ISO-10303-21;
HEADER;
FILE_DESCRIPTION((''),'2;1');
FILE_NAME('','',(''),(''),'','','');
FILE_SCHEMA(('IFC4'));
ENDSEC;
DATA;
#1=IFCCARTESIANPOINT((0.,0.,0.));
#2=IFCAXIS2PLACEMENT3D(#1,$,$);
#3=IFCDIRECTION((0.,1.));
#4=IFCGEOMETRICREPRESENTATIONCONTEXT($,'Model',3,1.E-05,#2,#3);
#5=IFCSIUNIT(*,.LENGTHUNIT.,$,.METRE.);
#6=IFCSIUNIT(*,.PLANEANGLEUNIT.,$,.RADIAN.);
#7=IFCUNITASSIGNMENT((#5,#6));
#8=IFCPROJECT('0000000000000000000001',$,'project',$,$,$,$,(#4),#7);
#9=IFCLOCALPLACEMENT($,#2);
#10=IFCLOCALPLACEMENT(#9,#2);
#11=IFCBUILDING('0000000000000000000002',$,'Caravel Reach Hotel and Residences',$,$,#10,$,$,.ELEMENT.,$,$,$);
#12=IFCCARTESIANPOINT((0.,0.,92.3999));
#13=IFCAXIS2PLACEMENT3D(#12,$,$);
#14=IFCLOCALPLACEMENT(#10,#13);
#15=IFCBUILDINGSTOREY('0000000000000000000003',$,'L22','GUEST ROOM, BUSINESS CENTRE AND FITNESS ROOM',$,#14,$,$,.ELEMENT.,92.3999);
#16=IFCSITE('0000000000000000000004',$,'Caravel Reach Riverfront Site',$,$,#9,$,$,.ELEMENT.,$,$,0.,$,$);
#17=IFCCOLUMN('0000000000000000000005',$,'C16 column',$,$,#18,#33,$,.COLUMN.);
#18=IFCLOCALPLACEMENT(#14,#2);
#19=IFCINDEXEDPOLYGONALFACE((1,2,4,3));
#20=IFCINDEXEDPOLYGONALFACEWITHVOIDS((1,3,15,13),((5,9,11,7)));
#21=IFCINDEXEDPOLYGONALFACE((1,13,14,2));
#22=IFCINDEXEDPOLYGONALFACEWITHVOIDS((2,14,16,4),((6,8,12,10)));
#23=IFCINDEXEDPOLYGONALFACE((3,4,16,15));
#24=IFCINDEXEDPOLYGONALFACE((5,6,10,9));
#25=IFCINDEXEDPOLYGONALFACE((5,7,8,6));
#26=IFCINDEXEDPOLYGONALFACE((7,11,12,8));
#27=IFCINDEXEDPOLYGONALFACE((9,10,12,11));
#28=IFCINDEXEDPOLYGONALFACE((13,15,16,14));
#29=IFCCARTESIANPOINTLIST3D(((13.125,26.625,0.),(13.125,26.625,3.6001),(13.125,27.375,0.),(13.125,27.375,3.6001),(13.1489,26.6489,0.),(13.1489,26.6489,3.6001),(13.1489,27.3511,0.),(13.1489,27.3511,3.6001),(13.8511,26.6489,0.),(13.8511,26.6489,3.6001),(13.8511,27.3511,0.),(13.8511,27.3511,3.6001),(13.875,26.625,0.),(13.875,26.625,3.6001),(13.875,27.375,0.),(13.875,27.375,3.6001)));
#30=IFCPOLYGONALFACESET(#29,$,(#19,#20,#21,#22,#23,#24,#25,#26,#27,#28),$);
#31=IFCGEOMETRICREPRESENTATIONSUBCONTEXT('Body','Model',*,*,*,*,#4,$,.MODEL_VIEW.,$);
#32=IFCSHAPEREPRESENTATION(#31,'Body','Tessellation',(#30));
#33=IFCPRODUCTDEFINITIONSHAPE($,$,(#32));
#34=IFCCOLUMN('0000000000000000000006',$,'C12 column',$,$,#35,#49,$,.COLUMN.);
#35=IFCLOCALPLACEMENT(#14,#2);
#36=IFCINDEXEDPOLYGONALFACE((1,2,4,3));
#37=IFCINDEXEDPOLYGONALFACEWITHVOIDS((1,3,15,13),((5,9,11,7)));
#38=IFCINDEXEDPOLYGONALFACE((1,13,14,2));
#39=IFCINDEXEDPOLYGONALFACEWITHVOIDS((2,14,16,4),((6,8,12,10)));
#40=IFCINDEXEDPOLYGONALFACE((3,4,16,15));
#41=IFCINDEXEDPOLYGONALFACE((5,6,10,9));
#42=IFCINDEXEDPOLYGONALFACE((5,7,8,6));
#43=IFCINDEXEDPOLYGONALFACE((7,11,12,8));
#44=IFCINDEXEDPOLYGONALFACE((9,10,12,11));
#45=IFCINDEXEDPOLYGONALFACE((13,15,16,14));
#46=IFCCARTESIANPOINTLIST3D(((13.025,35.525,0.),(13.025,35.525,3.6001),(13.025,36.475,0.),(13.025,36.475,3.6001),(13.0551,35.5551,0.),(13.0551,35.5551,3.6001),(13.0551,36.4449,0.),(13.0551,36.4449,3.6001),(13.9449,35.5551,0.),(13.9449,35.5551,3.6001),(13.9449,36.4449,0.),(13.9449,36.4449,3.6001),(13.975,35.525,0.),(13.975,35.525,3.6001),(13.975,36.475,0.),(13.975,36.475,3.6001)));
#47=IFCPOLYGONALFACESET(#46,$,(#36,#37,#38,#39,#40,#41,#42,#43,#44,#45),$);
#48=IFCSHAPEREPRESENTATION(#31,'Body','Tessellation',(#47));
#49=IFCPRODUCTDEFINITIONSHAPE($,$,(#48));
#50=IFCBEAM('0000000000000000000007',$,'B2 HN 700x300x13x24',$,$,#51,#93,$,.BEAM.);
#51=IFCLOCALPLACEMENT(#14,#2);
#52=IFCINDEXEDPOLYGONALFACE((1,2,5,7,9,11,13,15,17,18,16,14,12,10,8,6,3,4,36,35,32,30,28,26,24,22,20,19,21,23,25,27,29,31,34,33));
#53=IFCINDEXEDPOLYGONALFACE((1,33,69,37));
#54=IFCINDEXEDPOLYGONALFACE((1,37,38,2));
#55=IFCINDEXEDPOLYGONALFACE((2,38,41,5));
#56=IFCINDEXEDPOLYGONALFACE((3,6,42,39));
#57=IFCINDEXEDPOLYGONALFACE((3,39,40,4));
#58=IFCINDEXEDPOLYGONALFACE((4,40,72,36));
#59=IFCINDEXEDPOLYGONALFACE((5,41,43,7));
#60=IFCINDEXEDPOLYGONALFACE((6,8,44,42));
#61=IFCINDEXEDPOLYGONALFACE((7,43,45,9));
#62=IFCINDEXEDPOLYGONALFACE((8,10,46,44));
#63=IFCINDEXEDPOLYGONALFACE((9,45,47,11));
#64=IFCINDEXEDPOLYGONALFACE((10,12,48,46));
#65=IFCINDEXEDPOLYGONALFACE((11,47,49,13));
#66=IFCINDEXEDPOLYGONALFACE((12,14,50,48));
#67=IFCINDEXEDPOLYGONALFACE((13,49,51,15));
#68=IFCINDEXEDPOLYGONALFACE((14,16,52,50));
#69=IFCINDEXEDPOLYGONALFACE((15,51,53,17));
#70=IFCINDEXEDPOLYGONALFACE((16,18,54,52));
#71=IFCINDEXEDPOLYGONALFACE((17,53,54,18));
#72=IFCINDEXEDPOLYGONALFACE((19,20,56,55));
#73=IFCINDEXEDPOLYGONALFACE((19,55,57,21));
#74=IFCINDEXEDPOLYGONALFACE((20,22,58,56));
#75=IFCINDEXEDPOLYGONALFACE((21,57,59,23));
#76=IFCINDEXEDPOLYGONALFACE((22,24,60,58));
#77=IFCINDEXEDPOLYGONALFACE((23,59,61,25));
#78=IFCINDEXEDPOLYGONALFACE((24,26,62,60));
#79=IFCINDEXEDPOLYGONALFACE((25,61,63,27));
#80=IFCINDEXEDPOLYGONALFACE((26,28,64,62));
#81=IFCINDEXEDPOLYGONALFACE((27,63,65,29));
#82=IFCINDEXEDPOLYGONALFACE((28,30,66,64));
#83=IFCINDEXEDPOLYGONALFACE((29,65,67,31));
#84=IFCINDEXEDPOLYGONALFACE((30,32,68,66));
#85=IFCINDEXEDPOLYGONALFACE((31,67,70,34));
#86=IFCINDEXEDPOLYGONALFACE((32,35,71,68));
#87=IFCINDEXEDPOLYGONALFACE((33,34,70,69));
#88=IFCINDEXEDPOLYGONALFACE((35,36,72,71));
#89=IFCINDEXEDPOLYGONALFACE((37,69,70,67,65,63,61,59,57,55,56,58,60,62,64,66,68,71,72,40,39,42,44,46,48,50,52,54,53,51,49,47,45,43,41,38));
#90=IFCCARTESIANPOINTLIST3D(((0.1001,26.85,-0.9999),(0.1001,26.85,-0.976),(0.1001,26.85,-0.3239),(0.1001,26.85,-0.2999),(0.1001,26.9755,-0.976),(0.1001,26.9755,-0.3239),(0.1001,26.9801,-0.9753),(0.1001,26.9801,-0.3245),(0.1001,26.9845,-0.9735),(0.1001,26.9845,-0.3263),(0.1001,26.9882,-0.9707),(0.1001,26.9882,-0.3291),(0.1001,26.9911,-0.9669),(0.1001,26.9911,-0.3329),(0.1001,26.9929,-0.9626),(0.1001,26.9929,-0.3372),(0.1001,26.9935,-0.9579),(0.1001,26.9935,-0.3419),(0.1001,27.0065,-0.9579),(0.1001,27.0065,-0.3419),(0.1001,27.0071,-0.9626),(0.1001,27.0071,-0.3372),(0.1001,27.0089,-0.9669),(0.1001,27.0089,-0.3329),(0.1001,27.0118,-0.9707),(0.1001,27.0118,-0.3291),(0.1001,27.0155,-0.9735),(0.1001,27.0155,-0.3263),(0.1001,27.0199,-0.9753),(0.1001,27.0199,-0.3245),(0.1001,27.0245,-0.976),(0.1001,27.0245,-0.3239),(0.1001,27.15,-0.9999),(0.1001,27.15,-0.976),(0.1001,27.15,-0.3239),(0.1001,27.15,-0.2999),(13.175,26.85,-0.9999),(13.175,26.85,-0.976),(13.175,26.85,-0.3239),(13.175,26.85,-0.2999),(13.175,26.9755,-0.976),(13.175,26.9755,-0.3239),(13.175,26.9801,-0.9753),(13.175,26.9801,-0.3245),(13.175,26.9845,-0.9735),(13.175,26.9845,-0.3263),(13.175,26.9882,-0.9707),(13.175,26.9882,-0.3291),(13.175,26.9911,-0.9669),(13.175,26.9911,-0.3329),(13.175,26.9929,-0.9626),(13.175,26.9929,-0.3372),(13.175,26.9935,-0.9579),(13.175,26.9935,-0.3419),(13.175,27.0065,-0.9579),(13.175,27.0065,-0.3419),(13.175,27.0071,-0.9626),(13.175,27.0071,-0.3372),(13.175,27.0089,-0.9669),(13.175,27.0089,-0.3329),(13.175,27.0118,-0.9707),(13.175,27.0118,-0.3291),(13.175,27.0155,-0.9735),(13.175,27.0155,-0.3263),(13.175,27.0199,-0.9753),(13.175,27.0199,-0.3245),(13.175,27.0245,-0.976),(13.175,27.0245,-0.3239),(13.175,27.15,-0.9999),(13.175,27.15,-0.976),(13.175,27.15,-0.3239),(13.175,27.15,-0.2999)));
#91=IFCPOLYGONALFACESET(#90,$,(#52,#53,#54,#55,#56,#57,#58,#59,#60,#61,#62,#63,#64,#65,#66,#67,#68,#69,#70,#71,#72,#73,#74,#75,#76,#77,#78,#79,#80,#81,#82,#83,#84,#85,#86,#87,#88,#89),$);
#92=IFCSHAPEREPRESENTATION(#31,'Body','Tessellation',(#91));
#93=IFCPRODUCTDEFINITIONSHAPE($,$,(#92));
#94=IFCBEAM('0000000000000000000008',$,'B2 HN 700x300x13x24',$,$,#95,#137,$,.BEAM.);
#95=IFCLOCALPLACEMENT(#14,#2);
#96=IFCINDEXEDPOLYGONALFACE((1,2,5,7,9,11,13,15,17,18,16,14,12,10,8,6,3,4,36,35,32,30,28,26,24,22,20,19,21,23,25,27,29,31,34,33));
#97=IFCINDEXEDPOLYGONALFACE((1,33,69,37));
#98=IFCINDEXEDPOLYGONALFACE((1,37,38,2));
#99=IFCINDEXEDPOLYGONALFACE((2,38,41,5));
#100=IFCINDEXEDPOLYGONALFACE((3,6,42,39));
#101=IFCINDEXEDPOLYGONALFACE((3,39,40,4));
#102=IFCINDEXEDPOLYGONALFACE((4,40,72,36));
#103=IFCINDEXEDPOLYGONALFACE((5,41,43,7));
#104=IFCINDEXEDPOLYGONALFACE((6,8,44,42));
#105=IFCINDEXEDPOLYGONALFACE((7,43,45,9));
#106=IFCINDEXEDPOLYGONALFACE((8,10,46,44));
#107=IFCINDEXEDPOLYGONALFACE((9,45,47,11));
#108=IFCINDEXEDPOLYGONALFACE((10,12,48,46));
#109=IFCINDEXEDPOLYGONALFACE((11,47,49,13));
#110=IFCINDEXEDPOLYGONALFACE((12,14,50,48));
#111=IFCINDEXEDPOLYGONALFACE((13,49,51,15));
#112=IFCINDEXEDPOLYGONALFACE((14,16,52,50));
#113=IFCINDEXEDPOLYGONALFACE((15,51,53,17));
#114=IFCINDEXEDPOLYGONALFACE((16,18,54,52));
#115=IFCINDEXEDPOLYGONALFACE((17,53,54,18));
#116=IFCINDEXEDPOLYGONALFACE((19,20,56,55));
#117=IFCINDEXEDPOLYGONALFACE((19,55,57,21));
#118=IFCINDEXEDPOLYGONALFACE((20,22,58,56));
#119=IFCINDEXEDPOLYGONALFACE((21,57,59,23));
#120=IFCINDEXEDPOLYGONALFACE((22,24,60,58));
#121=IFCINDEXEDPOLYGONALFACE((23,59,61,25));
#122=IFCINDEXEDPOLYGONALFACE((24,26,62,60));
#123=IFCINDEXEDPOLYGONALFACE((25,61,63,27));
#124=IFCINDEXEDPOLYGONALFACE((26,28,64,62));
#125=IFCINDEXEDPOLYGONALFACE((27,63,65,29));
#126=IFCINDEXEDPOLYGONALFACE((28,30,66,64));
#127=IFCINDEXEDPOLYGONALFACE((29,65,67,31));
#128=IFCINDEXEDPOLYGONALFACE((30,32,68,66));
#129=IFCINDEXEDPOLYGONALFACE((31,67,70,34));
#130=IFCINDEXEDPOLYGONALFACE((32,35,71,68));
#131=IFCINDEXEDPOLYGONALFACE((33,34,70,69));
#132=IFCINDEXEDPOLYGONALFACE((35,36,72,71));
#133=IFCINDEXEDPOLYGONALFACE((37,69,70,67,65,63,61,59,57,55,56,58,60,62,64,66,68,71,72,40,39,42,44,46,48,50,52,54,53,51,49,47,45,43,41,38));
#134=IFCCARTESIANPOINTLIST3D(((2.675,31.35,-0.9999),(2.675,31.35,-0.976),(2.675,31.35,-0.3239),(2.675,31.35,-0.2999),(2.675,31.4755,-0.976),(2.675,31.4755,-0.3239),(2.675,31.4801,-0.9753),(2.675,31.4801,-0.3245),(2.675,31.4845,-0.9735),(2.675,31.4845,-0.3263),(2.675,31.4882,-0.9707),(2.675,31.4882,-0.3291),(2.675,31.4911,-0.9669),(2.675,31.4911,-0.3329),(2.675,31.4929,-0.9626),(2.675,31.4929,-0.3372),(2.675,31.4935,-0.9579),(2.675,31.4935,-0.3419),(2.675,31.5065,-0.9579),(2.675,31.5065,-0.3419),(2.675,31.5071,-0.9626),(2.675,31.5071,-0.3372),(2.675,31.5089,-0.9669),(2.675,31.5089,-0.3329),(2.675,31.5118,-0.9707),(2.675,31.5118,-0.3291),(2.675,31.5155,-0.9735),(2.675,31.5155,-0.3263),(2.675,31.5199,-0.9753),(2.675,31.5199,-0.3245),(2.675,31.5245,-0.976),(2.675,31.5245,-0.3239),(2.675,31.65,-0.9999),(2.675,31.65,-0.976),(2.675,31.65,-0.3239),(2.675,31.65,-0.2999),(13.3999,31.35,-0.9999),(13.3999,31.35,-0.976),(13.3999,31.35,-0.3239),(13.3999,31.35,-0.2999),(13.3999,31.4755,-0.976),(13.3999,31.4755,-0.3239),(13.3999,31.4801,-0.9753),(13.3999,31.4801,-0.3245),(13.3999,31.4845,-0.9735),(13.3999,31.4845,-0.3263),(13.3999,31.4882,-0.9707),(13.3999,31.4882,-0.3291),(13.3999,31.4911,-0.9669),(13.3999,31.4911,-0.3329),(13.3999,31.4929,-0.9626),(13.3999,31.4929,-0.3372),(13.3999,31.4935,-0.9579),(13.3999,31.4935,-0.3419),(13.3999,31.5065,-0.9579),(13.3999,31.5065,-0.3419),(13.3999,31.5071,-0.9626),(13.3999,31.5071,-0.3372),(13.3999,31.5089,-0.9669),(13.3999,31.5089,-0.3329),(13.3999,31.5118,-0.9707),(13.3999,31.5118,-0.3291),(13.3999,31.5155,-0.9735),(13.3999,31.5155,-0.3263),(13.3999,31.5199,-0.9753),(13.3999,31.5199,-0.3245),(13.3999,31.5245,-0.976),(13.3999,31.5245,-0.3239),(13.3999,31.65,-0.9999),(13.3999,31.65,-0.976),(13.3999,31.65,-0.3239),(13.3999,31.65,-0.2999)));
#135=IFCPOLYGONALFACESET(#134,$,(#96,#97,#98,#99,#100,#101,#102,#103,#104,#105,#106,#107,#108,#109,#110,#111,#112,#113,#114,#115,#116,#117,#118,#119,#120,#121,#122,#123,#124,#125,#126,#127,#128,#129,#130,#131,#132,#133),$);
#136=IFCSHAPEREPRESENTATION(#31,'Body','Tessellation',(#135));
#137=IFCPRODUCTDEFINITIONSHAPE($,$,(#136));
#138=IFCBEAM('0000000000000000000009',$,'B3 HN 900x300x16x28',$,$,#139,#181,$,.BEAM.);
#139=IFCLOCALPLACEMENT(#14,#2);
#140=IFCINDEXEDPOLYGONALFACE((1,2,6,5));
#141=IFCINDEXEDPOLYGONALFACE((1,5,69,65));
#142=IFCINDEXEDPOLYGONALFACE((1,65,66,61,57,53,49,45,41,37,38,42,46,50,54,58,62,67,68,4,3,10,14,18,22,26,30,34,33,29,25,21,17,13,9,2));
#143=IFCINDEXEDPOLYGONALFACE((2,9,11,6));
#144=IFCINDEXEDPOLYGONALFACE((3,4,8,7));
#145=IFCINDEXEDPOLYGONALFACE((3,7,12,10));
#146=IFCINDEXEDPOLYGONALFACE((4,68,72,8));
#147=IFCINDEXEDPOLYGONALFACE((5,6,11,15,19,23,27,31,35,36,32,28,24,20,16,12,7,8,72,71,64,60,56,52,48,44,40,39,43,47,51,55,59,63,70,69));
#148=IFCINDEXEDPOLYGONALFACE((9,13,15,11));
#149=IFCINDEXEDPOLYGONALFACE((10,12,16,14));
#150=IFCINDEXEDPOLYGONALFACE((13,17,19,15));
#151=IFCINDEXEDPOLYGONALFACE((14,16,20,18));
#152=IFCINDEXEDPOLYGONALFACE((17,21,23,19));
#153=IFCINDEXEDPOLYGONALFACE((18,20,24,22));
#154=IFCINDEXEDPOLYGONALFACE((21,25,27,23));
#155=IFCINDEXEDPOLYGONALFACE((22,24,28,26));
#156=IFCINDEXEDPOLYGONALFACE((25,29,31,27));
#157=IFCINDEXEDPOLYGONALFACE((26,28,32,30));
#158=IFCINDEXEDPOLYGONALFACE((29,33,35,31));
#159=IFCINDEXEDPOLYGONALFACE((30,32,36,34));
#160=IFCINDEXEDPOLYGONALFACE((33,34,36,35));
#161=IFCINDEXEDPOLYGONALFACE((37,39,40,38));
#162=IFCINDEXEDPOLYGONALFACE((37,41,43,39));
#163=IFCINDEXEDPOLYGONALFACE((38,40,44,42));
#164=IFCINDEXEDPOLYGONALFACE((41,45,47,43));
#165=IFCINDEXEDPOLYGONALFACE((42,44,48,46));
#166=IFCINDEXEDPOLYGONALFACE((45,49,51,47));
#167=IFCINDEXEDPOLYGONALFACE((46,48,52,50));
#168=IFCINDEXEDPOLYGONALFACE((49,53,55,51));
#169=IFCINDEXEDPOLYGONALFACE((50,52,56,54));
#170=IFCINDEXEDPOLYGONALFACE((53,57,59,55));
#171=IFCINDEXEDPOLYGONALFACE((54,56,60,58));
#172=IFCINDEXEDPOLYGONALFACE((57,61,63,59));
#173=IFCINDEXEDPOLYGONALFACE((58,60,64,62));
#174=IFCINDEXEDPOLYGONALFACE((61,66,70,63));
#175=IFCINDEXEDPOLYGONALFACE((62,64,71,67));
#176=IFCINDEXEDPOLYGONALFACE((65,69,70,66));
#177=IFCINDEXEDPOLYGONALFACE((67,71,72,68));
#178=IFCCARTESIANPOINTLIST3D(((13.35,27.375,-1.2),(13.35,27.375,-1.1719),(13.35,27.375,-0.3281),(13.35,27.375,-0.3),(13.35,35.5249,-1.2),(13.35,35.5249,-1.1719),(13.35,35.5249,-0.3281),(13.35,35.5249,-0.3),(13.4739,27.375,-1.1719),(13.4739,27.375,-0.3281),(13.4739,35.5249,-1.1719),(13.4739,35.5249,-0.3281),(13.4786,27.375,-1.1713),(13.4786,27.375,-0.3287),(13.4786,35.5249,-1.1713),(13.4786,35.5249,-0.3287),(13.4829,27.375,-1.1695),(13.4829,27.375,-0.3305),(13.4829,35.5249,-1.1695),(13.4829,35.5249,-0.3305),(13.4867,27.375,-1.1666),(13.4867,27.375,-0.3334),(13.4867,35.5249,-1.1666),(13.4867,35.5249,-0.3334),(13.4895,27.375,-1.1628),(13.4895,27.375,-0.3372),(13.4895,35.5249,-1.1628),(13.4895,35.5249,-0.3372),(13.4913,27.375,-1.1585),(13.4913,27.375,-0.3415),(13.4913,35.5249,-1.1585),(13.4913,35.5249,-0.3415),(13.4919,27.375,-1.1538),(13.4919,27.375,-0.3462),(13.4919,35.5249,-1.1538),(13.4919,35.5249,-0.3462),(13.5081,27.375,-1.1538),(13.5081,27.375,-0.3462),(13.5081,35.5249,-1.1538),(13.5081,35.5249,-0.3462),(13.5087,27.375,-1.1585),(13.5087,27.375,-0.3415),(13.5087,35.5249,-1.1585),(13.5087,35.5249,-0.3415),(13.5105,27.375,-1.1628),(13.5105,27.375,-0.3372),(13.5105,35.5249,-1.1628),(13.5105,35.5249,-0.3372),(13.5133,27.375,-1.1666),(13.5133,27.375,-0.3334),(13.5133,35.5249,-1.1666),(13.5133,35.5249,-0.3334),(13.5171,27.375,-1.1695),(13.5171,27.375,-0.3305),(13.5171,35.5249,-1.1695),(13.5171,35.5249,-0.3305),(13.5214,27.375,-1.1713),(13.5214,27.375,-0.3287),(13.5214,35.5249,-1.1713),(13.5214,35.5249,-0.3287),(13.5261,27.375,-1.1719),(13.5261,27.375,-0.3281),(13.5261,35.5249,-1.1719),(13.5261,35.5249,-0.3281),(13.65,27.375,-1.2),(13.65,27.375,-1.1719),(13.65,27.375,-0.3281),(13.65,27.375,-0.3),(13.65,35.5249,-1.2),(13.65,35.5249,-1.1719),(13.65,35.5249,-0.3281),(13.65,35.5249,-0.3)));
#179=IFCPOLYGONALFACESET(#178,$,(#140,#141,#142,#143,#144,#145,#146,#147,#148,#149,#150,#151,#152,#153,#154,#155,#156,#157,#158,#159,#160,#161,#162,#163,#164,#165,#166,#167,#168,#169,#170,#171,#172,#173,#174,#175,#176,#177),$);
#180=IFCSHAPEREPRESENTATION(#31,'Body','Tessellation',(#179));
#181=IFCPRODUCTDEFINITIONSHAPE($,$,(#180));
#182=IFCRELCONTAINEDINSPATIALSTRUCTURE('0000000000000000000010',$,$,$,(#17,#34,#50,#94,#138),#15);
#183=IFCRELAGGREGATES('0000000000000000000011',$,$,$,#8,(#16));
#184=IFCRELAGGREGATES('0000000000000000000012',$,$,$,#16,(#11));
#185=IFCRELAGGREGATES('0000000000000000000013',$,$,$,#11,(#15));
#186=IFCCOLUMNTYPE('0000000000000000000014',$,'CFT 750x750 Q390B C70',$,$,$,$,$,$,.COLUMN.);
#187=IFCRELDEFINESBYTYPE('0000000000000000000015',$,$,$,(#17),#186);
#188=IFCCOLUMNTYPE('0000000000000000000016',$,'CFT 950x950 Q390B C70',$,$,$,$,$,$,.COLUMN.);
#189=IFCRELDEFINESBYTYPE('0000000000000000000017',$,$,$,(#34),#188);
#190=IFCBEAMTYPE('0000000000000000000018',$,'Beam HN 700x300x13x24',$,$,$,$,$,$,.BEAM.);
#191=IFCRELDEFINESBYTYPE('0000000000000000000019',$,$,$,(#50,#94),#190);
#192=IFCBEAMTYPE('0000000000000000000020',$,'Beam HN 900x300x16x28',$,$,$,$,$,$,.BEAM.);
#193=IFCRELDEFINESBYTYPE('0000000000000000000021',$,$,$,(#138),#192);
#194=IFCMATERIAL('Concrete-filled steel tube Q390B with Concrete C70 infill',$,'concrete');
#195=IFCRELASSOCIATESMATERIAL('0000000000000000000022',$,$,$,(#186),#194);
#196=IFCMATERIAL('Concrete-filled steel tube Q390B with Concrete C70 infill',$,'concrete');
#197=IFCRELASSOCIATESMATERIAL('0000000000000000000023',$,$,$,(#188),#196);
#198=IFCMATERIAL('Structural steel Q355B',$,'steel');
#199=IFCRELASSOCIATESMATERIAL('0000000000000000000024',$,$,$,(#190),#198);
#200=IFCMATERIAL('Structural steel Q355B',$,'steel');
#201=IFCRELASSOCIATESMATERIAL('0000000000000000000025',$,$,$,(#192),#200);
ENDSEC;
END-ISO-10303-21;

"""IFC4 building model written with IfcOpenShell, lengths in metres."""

from ifc_helpers import new_model, si_unit, direction, frame, origin, origin_2d, place, context, subcontext, project, spatial, hollow_rectangle, i_section, extrude, material, material_profile, profile_set, type_object, element, save


model = new_model("IFC4")

# Units and contexts
model_context = context("Model", 3, precision=1e-05, world=origin(), true_north=direction((0.0, 1.0)))
body_context = subcontext(model_context, "Body", "Model", "MODEL_VIEW")
ifc_project = project(units=[si_unit("LENGTHUNIT", "METRE"), si_unit("PLANEANGLEUNIT", "RADIAN")], contexts=[model_context])

# Site, building, storey
site_placement = place(None, origin())
site = spatial("IfcSite", under=ifc_project, at=site_placement, Name="Caravel Reach Riverfront Site", CompositionType="ELEMENT", RefElevation=0.0)
building_placement = place(site_placement, origin())
building = spatial("IfcBuilding", under=site, at=building_placement, Name="Caravel Reach Hotel and Residences", CompositionType="ELEMENT")
storey_placement = place(building_placement, frame((0.0, 0.0, 92.3999)))
storey = spatial("IfcBuildingStorey", under=building, at=storey_placement, Name="L22", Description="GUEST ROOM, BUSINESS CENTRE AND FITNESS ROOM", CompositionType="ELEMENT", Elevation=92.3999)

# Columns
ifc_material_1 = material(Name="Concrete-filled steel tube Q390B with Concrete C70 infill", Category="concrete")
ifc_material_profile_1 = material_profile(ifc_material_1, hollow_rectangle(XDim=0.75, YDim=0.75, WallThickness=0.0239, at=origin_2d()), Name="RHS 750x750x24")
ifc_profile_set_1 = profile_set([ifc_material_profile_1], Name="Concrete-filled steel tube Q390B with Concrete C70 infill")
column_type_1 = type_object("IfcColumnType", Name="CFT 750x750 Q390B C70", PredefinedType="COLUMN", material=ifc_profile_set_1)
column_1_placement = place(storey_placement, frame((13.5, 27.0, 0.0), z_axis=(0.0, 0.0, 1.0), x_axis=(1.0, 0.0, 0.0)))
element("IfcColumn", 1, at=column_1_placement, inside=storey, type_object=column_type_1, Name="C16 column", PredefinedType="COLUMN", context=body_context, shape_type="SweptSolid", body=[
    extrude(hollow_rectangle(XDim=0.75, YDim=0.75, WallThickness=0.0239, at=origin_2d()), origin(), (0.0, 0.0, 1.0), 3.6001),
])
ifc_material_2 = material(Name="Concrete-filled steel tube Q390B with Concrete C70 infill", Category="concrete")
ifc_material_profile_2 = material_profile(ifc_material_2, hollow_rectangle(XDim=0.95, YDim=0.95, WallThickness=0.03, at=origin_2d()), Name="RHS 950x950x30")
ifc_profile_set_2 = profile_set([ifc_material_profile_2], Name="Concrete-filled steel tube Q390B with Concrete C70 infill")
column_type_2 = type_object("IfcColumnType", Name="CFT 950x950 Q390B C70", PredefinedType="COLUMN", material=ifc_profile_set_2)
column_2_placement = place(storey_placement, frame((13.5, 36.0, 0.0), z_axis=(0.0, 0.0, 1.0), x_axis=(1.0, 0.0, 0.0)))
element("IfcColumn", 2, at=column_2_placement, inside=storey, type_object=column_type_2, Name="C12 column", PredefinedType="COLUMN", context=body_context, shape_type="SweptSolid", body=[
    extrude(hollow_rectangle(XDim=0.95, YDim=0.95, WallThickness=0.03, at=origin_2d()), origin(), (0.0, 0.0, 1.0), 3.6001),
])

# Beams
ifc_material_3 = material(Name="Structural steel Q355B", Category="steel")
ifc_material_profile_3 = material_profile(ifc_material_3, i_section(OverallWidth=0.3, OverallDepth=0.7, WebThickness=0.0129, FlangeThickness=0.0239, FilletRadius=0.0181, at=origin_2d()), Name="HN 700x300x13x24")
ifc_profile_set_3 = profile_set([ifc_material_profile_3], Name="Structural steel Q355B")
beam_type_1 = type_object("IfcBeamType", Name="Beam HN 700x300x13x24", PredefinedType="BEAM", material=ifc_profile_set_3)
beam_1_placement = place(storey_placement, frame((13.175, 27.0, -0.6499), z_axis=(-1.0, 0.0, 0.0), x_axis=(0.0, -1.0, 0.0)))
element("IfcBeam", 3, at=beam_1_placement, inside=storey, type_object=beam_type_1, Name="B2 HN 700x300x13x24", PredefinedType="BEAM", context=body_context, shape_type="SweptSolid", body=[
    extrude(i_section(OverallWidth=0.3, OverallDepth=0.7, WebThickness=0.0129, FlangeThickness=0.0239, FilletRadius=0.0181, at=origin_2d()), origin(), (0.0, 0.0, 1.0), 13.075),
])
beam_2_placement = place(storey_placement, frame((13.3999, 31.5, -0.6499), z_axis=(-1.0, 0.0, 0.0), x_axis=(0.0, -1.0, 0.0)))
element("IfcBeam", 4, at=beam_2_placement, inside=storey, type_object=beam_type_1, Name="B2 HN 700x300x13x24", PredefinedType="BEAM", context=body_context, shape_type="SweptSolid", body=[
    extrude(i_section(OverallWidth=0.3, OverallDepth=0.7, WebThickness=0.0129, FlangeThickness=0.0239, FilletRadius=0.0181, at=origin_2d()), origin(), (0.0, 0.0, 1.0), 10.7249),
])
ifc_material_4 = material(Name="Structural steel Q355B", Category="steel")
ifc_material_profile_4 = material_profile(ifc_material_4, i_section(OverallWidth=0.3, OverallDepth=0.8999, WebThickness=0.0161, FlangeThickness=0.0281, FilletRadius=0.0181, at=origin_2d()), Name="HN 900x300x16x28")
ifc_profile_set_4 = profile_set([ifc_material_profile_4], Name="Structural steel Q355B")
beam_type_2 = type_object("IfcBeamType", Name="Beam HN 900x300x16x28", PredefinedType="BEAM", material=ifc_profile_set_4)
beam_3_placement = place(storey_placement, frame((13.5, 27.375, -0.75), z_axis=(0.0, 1.0, 0.0), x_axis=(-1.0, 0.0, 0.0)))
element("IfcBeam", 5, at=beam_3_placement, inside=storey, type_object=beam_type_2, Name="B3 HN 900x300x16x28", PredefinedType="BEAM", context=body_context, shape_type="SweptSolid", body=[
    extrude(i_section(OverallWidth=0.3, OverallDepth=0.8999, WebThickness=0.0161, FlangeThickness=0.0281, FilletRadius=0.0181, at=origin_2d()), origin(), (0.0, 0.0, 1.0), 8.1499),
])

save(model, "model.ifc")
